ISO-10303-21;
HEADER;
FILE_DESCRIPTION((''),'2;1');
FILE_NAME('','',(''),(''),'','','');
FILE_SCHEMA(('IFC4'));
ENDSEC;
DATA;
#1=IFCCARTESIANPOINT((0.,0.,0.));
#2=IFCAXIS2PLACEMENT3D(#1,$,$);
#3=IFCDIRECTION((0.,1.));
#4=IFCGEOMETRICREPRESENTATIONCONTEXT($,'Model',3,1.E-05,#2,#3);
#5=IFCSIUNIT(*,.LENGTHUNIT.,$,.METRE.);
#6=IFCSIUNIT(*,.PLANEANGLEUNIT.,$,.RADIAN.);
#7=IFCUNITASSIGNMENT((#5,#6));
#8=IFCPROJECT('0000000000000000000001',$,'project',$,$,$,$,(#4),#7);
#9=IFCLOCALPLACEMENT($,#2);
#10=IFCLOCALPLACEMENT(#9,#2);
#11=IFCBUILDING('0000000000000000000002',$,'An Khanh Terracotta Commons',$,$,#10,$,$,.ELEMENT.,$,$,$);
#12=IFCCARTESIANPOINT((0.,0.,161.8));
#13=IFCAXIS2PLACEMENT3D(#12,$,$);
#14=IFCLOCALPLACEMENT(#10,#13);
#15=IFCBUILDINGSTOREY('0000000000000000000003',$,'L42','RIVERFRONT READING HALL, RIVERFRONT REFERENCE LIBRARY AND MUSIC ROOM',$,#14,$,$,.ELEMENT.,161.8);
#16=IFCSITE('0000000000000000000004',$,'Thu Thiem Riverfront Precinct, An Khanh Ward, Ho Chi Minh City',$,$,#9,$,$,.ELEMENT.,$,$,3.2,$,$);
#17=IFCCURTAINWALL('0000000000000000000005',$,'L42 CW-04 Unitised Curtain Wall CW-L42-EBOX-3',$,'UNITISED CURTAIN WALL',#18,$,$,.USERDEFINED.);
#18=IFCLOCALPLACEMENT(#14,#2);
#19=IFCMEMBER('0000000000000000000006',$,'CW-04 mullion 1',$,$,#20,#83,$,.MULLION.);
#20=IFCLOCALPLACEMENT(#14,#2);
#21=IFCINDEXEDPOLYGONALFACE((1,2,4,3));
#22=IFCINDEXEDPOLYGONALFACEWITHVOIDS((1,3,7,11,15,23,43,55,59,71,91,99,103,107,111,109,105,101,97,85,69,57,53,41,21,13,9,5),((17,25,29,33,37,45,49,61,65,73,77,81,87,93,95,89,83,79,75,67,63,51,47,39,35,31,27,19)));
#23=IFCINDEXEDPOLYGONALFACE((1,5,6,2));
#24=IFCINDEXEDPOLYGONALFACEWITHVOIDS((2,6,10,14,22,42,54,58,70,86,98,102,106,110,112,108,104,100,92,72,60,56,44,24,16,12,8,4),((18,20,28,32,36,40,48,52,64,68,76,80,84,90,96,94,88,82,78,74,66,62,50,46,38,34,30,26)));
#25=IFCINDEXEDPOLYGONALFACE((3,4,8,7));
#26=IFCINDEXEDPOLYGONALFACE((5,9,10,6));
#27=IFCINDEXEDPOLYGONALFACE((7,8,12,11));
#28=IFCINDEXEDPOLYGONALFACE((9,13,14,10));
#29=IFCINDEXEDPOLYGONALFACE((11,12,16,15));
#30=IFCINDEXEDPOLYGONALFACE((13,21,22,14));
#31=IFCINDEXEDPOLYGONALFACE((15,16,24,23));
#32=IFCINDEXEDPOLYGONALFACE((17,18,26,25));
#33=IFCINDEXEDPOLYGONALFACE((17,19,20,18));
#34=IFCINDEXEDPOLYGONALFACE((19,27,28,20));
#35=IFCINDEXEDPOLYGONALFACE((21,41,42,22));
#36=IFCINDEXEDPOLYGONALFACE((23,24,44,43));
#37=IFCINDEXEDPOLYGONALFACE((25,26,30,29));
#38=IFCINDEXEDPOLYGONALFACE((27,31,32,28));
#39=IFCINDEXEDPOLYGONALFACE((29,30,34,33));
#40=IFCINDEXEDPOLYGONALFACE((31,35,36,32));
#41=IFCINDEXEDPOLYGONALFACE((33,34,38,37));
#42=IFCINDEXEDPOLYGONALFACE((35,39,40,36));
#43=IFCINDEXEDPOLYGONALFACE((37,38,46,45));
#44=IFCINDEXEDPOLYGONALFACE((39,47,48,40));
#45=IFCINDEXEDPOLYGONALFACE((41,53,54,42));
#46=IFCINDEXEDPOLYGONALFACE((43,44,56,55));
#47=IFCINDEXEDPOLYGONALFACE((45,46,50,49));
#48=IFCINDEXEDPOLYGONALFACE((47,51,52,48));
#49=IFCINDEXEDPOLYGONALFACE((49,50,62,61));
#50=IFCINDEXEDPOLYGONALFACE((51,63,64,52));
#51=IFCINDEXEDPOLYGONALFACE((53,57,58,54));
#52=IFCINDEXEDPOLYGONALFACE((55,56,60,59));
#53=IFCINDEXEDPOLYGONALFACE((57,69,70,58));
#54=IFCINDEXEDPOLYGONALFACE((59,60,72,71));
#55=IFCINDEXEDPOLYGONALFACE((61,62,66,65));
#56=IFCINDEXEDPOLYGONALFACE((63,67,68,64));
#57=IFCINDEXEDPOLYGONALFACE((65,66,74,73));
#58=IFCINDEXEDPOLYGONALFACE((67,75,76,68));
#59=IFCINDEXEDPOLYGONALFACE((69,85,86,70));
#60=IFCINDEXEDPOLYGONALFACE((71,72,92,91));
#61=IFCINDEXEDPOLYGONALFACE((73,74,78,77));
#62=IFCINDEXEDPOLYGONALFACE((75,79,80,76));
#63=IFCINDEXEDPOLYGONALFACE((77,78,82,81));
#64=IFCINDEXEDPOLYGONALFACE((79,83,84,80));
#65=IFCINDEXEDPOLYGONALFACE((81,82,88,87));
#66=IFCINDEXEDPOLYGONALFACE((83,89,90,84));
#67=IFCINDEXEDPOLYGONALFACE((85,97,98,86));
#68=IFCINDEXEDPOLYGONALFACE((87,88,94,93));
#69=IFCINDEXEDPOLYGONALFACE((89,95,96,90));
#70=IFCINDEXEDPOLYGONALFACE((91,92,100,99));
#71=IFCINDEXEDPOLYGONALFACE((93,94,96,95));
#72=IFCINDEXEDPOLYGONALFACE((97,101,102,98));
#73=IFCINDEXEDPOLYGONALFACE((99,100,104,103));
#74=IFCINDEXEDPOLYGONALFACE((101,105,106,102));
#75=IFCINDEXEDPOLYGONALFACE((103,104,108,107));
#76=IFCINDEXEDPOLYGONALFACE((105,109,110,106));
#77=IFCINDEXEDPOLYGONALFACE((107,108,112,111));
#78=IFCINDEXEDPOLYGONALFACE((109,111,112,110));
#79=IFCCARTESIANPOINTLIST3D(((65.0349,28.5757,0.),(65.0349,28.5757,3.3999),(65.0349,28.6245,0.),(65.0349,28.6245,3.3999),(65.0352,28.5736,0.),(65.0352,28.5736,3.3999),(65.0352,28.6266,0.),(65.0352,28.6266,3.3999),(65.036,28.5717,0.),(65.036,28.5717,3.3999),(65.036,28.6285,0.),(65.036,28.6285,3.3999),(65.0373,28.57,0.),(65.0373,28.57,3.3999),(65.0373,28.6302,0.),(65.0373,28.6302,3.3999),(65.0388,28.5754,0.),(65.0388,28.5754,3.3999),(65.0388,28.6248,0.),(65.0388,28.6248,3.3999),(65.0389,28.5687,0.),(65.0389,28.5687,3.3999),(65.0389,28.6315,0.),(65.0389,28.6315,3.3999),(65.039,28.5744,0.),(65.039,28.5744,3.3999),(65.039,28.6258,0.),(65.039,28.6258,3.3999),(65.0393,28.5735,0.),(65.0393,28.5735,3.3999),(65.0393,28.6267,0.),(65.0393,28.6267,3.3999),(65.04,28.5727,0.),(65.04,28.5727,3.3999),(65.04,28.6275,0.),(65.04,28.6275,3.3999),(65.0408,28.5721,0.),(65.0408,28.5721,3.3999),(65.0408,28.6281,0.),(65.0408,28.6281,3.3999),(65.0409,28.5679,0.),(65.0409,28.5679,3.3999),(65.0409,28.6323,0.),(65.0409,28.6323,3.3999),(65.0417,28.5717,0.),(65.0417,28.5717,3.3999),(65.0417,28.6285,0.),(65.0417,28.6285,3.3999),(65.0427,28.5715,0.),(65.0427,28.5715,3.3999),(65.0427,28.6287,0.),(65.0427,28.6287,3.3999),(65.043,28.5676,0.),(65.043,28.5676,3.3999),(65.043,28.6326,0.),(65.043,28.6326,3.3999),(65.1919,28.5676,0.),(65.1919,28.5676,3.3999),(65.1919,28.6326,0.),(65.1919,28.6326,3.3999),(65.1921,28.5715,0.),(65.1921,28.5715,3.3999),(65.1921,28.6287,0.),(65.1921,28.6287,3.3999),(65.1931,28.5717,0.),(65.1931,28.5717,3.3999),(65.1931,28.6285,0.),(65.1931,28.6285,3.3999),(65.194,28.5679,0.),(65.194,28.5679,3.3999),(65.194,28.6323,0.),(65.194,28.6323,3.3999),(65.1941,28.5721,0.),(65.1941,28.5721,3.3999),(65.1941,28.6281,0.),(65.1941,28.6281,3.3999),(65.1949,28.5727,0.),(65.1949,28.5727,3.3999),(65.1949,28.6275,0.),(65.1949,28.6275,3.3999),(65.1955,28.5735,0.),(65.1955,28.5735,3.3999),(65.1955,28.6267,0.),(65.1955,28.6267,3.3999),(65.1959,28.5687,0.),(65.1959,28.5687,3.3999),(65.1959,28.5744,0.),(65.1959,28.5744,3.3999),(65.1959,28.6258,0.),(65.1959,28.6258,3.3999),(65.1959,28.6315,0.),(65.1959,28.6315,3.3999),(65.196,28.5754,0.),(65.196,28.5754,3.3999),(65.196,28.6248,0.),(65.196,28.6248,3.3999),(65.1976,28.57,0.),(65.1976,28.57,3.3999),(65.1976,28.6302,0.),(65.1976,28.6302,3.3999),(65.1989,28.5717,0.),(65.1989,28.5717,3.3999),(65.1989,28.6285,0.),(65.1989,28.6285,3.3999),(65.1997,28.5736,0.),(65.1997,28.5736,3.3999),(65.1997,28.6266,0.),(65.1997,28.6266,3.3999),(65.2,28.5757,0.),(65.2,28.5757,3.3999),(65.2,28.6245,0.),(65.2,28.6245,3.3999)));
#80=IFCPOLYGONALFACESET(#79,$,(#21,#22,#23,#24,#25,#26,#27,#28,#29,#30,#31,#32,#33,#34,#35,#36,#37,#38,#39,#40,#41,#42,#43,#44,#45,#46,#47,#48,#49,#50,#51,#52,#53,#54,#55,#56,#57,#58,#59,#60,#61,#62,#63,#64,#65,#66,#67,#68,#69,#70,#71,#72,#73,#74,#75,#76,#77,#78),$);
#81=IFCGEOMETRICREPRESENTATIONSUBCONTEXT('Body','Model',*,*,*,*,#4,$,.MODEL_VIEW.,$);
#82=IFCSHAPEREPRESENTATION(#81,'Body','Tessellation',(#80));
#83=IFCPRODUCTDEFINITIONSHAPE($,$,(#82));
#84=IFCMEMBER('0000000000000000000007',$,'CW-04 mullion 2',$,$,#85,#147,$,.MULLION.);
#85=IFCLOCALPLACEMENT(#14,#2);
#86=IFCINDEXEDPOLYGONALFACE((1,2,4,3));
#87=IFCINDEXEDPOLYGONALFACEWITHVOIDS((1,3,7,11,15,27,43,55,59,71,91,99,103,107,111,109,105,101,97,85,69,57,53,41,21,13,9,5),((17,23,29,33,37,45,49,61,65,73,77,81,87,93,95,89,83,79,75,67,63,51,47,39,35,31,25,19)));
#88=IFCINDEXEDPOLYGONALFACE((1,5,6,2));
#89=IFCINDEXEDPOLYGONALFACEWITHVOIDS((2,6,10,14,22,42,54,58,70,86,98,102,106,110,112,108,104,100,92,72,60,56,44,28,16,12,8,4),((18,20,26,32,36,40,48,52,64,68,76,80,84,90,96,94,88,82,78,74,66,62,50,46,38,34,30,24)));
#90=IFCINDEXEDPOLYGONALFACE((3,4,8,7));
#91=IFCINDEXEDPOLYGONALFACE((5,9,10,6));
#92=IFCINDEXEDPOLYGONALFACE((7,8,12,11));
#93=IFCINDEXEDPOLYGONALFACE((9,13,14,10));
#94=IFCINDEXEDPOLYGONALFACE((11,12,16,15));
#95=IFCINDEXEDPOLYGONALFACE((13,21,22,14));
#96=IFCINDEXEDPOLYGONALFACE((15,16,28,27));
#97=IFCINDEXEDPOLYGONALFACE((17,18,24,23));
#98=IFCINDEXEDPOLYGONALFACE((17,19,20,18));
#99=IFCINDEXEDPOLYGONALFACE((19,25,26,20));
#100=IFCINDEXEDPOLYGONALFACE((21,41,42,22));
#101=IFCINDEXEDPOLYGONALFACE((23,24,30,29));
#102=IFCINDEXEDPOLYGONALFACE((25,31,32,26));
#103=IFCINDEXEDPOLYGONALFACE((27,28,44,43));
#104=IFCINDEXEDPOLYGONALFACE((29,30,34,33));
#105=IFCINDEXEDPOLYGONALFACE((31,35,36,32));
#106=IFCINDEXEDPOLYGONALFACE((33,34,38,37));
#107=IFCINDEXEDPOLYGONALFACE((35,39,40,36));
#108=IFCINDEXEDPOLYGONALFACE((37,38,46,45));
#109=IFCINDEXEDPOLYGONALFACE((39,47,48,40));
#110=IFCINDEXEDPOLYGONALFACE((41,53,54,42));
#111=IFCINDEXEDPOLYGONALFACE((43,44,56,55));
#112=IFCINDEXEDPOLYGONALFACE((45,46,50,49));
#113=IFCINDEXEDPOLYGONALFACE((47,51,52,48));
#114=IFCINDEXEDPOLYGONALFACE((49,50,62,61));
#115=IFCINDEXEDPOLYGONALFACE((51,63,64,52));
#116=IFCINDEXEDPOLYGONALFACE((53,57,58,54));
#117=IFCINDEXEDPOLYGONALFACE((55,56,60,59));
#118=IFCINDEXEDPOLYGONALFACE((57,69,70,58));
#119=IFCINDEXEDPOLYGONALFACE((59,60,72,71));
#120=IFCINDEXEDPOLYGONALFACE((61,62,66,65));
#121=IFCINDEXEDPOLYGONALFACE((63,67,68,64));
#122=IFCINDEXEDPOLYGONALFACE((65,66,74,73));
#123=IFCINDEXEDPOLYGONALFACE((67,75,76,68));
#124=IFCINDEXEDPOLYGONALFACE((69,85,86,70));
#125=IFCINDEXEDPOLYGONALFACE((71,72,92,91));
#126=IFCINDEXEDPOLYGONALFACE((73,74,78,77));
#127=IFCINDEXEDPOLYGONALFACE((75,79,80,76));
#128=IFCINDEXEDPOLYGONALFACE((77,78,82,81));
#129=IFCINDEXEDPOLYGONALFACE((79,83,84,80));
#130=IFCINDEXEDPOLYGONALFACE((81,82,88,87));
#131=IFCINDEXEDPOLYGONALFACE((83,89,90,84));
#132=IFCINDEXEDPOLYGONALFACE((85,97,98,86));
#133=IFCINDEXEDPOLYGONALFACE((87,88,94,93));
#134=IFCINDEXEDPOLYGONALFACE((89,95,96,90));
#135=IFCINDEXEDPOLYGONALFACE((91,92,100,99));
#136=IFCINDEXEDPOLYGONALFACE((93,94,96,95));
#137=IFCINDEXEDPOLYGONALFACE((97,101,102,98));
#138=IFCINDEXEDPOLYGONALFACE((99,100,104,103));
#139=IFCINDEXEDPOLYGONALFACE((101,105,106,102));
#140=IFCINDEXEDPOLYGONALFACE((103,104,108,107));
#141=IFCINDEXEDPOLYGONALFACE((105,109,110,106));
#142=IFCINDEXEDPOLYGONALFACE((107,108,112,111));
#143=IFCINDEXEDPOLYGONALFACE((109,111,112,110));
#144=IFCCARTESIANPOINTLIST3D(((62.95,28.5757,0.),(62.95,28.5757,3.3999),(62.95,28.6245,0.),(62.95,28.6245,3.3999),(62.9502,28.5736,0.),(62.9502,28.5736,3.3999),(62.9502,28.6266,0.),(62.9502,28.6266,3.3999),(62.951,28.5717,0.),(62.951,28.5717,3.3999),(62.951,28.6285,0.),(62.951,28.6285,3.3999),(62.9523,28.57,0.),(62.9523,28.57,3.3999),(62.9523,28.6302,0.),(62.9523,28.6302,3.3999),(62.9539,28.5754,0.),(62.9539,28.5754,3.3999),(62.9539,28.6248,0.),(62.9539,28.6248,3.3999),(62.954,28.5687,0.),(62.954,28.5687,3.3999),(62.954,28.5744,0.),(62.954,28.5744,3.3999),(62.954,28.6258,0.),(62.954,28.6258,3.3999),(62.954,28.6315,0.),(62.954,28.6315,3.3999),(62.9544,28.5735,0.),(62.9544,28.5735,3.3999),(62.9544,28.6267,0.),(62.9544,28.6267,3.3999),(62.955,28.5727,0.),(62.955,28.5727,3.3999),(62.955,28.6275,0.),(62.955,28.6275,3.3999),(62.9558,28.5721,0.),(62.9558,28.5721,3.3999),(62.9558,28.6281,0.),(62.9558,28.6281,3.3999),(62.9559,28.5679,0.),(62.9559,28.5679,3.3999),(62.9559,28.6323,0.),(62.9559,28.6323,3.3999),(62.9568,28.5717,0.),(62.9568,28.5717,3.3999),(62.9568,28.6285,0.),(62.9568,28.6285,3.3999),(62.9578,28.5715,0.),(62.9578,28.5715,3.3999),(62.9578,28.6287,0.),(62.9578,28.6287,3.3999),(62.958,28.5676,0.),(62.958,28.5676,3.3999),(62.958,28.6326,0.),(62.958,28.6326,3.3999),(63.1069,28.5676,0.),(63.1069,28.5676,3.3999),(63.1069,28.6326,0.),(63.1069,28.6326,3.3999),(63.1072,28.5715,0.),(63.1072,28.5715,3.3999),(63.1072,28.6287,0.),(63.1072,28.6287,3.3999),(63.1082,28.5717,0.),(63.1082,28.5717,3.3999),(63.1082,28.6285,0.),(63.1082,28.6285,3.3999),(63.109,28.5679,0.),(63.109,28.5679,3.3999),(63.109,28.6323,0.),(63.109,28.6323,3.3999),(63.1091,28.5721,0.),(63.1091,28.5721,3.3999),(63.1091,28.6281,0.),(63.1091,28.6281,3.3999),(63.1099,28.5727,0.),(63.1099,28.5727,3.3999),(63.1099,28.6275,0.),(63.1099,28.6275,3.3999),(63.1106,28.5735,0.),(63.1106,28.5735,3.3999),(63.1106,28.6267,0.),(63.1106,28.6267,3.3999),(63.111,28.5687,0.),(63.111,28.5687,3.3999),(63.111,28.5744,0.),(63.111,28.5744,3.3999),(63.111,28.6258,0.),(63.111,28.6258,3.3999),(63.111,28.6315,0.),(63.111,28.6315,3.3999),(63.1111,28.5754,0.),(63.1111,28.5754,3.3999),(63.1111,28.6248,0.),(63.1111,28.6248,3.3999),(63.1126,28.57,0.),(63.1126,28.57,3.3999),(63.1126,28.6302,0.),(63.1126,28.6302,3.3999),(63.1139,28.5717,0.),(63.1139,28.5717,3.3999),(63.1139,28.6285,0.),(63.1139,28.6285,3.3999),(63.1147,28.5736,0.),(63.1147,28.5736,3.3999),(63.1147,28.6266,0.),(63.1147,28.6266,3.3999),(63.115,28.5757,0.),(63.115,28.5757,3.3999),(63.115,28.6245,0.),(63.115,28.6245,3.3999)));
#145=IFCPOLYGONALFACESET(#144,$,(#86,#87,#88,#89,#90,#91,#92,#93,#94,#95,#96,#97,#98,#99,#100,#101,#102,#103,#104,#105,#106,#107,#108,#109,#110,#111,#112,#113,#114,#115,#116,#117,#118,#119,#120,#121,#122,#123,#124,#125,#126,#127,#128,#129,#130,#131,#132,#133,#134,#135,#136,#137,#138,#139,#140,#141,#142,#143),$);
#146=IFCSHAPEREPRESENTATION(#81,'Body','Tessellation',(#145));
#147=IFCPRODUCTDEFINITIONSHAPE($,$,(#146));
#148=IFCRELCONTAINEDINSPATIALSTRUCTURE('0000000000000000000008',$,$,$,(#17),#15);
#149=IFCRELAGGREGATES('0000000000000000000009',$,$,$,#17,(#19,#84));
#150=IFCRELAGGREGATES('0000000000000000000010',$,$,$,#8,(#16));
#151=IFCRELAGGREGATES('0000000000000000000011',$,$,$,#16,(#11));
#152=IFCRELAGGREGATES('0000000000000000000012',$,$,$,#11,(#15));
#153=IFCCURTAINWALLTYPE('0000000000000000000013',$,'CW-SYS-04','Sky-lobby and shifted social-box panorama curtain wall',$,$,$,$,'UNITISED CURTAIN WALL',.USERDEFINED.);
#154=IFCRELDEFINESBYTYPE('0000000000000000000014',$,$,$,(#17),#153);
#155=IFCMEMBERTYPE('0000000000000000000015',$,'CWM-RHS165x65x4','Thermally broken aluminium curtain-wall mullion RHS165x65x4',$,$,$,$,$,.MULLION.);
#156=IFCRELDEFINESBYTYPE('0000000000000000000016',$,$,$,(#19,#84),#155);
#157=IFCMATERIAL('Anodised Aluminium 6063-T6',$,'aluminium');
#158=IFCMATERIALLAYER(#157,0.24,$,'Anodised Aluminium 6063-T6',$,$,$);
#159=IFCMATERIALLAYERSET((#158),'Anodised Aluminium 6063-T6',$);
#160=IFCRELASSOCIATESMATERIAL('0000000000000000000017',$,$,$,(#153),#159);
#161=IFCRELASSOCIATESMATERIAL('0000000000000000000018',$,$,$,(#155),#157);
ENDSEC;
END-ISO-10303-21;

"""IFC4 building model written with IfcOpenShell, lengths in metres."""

from ifc_helpers import new_model, si_unit, direction, frame, origin, origin_2d, place, context, subcontext, project, spatial, hollow_rectangle, extrude, material, layer, layer_set, material_profile, profile_set, type_object, element, aggregate, save


model = new_model("IFC4")

# Units and contexts
model_context = context("Model", 3, precision=1e-05, world=origin(), true_north=direction((0.0, 1.0)))
body_context = subcontext(model_context, "Body", "Model", "MODEL_VIEW")
ifc_project = project(units=[si_unit("LENGTHUNIT", "METRE"), si_unit("PLANEANGLEUNIT", "RADIAN")], contexts=[model_context])

# Site, building, storey
site_placement = place(None, origin())
site = spatial("IfcSite", under=ifc_project, at=site_placement, Name="Thu Thiem Riverfront Precinct, An Khanh Ward, Ho Chi Minh City", CompositionType="ELEMENT", RefElevation=3.2)
building_placement = place(site_placement, origin())
building = spatial("IfcBuilding", under=site, at=building_placement, Name="An Khanh Terracotta Commons", CompositionType="ELEMENT")
storey_placement = place(building_placement, frame((0.0, 0.0, 161.8)))
storey = spatial("IfcBuildingStorey", under=building, at=storey_placement, Name="L42", Description="RIVERFRONT READING HALL, RIVERFRONT REFERENCE LIBRARY AND MUSIC ROOM", CompositionType="ELEMENT", Elevation=161.8)

# Curtain wall, members
ifc_material_1 = material(Name="Anodised Aluminium 6063-T6", Category="aluminium")
ifc_layer_1 = layer(ifc_material_1, 0.24, Name="Anodised Aluminium 6063-T6")
ifc_layer_set_1 = layer_set([ifc_layer_1], Name="Anodised Aluminium 6063-T6")
curtain_wall_type_1 = type_object("IfcCurtainWallType", Name="CW-SYS-04", Description="Sky-lobby and shifted social-box panorama curtain wall", ElementType="UNITISED CURTAIN WALL", PredefinedType="USERDEFINED", material=ifc_layer_set_1)
ifc_material_profile_1 = material_profile(ifc_material_1, hollow_rectangle(XDim=0.0649, YDim=0.165, WallThickness=0.0039, InnerFilletRadius=0.0039, OuterFilletRadius=0.0081, at=origin_2d()), Name="RHS165x65x4")
ifc_profile_set_1 = profile_set([ifc_material_profile_1], Name="Anodised Aluminium 6063-T6")
member_type_1 = type_object("IfcMemberType", Name="CWM-RHS165x65x4", Description="Thermally broken aluminium curtain-wall mullion RHS165x65x4", PredefinedType="MULLION", material=ifc_profile_set_1)
curtain_wall_1_placement = place(storey_placement, origin())
curtain_wall_1 = element("IfcCurtainWall", 1, at=curtain_wall_1_placement, inside=storey, type_object=curtain_wall_type_1, Name="L42 CW-04 Unitised Curtain Wall CW-L42-EBOX-3", ObjectType="UNITISED CURTAIN WALL", PredefinedType="USERDEFINED")
member_1_placement = place(storey_placement, frame((65.1174, 28.6001, 0.0), z_axis=(0.0, 0.0, 1.0), x_axis=(0.0, -1.0, 0.0)))
member_1 = element("IfcMember", 2, at=member_1_placement, type_object=member_type_1, Name="CW-04 mullion 1", PredefinedType="MULLION", context=body_context, shape_type="SweptSolid", body=[
    extrude(hollow_rectangle(XDim=0.0649, YDim=0.165, WallThickness=0.0039, InnerFilletRadius=0.0039, OuterFilletRadius=0.0081, at=origin_2d()), origin(), (0.0, 0.0, 1.0), 3.3999),
])
member_2_placement = place(storey_placement, frame((63.0325, 28.6001, 0.0), z_axis=(0.0, 0.0, 1.0), x_axis=(0.0, -1.0, 0.0)))
member_2 = element("IfcMember", 3, at=member_2_placement, type_object=member_type_1, Name="CW-04 mullion 2", PredefinedType="MULLION", context=body_context, shape_type="SweptSolid", body=[
    extrude(hollow_rectangle(XDim=0.0649, YDim=0.165, WallThickness=0.0039, InnerFilletRadius=0.0039, OuterFilletRadius=0.0081, at=origin_2d()), origin(), (0.0, 0.0, 1.0), 3.3999),
])

aggregate(curtain_wall_1, [member_1, member_2])

save(model, "model.ifc")
